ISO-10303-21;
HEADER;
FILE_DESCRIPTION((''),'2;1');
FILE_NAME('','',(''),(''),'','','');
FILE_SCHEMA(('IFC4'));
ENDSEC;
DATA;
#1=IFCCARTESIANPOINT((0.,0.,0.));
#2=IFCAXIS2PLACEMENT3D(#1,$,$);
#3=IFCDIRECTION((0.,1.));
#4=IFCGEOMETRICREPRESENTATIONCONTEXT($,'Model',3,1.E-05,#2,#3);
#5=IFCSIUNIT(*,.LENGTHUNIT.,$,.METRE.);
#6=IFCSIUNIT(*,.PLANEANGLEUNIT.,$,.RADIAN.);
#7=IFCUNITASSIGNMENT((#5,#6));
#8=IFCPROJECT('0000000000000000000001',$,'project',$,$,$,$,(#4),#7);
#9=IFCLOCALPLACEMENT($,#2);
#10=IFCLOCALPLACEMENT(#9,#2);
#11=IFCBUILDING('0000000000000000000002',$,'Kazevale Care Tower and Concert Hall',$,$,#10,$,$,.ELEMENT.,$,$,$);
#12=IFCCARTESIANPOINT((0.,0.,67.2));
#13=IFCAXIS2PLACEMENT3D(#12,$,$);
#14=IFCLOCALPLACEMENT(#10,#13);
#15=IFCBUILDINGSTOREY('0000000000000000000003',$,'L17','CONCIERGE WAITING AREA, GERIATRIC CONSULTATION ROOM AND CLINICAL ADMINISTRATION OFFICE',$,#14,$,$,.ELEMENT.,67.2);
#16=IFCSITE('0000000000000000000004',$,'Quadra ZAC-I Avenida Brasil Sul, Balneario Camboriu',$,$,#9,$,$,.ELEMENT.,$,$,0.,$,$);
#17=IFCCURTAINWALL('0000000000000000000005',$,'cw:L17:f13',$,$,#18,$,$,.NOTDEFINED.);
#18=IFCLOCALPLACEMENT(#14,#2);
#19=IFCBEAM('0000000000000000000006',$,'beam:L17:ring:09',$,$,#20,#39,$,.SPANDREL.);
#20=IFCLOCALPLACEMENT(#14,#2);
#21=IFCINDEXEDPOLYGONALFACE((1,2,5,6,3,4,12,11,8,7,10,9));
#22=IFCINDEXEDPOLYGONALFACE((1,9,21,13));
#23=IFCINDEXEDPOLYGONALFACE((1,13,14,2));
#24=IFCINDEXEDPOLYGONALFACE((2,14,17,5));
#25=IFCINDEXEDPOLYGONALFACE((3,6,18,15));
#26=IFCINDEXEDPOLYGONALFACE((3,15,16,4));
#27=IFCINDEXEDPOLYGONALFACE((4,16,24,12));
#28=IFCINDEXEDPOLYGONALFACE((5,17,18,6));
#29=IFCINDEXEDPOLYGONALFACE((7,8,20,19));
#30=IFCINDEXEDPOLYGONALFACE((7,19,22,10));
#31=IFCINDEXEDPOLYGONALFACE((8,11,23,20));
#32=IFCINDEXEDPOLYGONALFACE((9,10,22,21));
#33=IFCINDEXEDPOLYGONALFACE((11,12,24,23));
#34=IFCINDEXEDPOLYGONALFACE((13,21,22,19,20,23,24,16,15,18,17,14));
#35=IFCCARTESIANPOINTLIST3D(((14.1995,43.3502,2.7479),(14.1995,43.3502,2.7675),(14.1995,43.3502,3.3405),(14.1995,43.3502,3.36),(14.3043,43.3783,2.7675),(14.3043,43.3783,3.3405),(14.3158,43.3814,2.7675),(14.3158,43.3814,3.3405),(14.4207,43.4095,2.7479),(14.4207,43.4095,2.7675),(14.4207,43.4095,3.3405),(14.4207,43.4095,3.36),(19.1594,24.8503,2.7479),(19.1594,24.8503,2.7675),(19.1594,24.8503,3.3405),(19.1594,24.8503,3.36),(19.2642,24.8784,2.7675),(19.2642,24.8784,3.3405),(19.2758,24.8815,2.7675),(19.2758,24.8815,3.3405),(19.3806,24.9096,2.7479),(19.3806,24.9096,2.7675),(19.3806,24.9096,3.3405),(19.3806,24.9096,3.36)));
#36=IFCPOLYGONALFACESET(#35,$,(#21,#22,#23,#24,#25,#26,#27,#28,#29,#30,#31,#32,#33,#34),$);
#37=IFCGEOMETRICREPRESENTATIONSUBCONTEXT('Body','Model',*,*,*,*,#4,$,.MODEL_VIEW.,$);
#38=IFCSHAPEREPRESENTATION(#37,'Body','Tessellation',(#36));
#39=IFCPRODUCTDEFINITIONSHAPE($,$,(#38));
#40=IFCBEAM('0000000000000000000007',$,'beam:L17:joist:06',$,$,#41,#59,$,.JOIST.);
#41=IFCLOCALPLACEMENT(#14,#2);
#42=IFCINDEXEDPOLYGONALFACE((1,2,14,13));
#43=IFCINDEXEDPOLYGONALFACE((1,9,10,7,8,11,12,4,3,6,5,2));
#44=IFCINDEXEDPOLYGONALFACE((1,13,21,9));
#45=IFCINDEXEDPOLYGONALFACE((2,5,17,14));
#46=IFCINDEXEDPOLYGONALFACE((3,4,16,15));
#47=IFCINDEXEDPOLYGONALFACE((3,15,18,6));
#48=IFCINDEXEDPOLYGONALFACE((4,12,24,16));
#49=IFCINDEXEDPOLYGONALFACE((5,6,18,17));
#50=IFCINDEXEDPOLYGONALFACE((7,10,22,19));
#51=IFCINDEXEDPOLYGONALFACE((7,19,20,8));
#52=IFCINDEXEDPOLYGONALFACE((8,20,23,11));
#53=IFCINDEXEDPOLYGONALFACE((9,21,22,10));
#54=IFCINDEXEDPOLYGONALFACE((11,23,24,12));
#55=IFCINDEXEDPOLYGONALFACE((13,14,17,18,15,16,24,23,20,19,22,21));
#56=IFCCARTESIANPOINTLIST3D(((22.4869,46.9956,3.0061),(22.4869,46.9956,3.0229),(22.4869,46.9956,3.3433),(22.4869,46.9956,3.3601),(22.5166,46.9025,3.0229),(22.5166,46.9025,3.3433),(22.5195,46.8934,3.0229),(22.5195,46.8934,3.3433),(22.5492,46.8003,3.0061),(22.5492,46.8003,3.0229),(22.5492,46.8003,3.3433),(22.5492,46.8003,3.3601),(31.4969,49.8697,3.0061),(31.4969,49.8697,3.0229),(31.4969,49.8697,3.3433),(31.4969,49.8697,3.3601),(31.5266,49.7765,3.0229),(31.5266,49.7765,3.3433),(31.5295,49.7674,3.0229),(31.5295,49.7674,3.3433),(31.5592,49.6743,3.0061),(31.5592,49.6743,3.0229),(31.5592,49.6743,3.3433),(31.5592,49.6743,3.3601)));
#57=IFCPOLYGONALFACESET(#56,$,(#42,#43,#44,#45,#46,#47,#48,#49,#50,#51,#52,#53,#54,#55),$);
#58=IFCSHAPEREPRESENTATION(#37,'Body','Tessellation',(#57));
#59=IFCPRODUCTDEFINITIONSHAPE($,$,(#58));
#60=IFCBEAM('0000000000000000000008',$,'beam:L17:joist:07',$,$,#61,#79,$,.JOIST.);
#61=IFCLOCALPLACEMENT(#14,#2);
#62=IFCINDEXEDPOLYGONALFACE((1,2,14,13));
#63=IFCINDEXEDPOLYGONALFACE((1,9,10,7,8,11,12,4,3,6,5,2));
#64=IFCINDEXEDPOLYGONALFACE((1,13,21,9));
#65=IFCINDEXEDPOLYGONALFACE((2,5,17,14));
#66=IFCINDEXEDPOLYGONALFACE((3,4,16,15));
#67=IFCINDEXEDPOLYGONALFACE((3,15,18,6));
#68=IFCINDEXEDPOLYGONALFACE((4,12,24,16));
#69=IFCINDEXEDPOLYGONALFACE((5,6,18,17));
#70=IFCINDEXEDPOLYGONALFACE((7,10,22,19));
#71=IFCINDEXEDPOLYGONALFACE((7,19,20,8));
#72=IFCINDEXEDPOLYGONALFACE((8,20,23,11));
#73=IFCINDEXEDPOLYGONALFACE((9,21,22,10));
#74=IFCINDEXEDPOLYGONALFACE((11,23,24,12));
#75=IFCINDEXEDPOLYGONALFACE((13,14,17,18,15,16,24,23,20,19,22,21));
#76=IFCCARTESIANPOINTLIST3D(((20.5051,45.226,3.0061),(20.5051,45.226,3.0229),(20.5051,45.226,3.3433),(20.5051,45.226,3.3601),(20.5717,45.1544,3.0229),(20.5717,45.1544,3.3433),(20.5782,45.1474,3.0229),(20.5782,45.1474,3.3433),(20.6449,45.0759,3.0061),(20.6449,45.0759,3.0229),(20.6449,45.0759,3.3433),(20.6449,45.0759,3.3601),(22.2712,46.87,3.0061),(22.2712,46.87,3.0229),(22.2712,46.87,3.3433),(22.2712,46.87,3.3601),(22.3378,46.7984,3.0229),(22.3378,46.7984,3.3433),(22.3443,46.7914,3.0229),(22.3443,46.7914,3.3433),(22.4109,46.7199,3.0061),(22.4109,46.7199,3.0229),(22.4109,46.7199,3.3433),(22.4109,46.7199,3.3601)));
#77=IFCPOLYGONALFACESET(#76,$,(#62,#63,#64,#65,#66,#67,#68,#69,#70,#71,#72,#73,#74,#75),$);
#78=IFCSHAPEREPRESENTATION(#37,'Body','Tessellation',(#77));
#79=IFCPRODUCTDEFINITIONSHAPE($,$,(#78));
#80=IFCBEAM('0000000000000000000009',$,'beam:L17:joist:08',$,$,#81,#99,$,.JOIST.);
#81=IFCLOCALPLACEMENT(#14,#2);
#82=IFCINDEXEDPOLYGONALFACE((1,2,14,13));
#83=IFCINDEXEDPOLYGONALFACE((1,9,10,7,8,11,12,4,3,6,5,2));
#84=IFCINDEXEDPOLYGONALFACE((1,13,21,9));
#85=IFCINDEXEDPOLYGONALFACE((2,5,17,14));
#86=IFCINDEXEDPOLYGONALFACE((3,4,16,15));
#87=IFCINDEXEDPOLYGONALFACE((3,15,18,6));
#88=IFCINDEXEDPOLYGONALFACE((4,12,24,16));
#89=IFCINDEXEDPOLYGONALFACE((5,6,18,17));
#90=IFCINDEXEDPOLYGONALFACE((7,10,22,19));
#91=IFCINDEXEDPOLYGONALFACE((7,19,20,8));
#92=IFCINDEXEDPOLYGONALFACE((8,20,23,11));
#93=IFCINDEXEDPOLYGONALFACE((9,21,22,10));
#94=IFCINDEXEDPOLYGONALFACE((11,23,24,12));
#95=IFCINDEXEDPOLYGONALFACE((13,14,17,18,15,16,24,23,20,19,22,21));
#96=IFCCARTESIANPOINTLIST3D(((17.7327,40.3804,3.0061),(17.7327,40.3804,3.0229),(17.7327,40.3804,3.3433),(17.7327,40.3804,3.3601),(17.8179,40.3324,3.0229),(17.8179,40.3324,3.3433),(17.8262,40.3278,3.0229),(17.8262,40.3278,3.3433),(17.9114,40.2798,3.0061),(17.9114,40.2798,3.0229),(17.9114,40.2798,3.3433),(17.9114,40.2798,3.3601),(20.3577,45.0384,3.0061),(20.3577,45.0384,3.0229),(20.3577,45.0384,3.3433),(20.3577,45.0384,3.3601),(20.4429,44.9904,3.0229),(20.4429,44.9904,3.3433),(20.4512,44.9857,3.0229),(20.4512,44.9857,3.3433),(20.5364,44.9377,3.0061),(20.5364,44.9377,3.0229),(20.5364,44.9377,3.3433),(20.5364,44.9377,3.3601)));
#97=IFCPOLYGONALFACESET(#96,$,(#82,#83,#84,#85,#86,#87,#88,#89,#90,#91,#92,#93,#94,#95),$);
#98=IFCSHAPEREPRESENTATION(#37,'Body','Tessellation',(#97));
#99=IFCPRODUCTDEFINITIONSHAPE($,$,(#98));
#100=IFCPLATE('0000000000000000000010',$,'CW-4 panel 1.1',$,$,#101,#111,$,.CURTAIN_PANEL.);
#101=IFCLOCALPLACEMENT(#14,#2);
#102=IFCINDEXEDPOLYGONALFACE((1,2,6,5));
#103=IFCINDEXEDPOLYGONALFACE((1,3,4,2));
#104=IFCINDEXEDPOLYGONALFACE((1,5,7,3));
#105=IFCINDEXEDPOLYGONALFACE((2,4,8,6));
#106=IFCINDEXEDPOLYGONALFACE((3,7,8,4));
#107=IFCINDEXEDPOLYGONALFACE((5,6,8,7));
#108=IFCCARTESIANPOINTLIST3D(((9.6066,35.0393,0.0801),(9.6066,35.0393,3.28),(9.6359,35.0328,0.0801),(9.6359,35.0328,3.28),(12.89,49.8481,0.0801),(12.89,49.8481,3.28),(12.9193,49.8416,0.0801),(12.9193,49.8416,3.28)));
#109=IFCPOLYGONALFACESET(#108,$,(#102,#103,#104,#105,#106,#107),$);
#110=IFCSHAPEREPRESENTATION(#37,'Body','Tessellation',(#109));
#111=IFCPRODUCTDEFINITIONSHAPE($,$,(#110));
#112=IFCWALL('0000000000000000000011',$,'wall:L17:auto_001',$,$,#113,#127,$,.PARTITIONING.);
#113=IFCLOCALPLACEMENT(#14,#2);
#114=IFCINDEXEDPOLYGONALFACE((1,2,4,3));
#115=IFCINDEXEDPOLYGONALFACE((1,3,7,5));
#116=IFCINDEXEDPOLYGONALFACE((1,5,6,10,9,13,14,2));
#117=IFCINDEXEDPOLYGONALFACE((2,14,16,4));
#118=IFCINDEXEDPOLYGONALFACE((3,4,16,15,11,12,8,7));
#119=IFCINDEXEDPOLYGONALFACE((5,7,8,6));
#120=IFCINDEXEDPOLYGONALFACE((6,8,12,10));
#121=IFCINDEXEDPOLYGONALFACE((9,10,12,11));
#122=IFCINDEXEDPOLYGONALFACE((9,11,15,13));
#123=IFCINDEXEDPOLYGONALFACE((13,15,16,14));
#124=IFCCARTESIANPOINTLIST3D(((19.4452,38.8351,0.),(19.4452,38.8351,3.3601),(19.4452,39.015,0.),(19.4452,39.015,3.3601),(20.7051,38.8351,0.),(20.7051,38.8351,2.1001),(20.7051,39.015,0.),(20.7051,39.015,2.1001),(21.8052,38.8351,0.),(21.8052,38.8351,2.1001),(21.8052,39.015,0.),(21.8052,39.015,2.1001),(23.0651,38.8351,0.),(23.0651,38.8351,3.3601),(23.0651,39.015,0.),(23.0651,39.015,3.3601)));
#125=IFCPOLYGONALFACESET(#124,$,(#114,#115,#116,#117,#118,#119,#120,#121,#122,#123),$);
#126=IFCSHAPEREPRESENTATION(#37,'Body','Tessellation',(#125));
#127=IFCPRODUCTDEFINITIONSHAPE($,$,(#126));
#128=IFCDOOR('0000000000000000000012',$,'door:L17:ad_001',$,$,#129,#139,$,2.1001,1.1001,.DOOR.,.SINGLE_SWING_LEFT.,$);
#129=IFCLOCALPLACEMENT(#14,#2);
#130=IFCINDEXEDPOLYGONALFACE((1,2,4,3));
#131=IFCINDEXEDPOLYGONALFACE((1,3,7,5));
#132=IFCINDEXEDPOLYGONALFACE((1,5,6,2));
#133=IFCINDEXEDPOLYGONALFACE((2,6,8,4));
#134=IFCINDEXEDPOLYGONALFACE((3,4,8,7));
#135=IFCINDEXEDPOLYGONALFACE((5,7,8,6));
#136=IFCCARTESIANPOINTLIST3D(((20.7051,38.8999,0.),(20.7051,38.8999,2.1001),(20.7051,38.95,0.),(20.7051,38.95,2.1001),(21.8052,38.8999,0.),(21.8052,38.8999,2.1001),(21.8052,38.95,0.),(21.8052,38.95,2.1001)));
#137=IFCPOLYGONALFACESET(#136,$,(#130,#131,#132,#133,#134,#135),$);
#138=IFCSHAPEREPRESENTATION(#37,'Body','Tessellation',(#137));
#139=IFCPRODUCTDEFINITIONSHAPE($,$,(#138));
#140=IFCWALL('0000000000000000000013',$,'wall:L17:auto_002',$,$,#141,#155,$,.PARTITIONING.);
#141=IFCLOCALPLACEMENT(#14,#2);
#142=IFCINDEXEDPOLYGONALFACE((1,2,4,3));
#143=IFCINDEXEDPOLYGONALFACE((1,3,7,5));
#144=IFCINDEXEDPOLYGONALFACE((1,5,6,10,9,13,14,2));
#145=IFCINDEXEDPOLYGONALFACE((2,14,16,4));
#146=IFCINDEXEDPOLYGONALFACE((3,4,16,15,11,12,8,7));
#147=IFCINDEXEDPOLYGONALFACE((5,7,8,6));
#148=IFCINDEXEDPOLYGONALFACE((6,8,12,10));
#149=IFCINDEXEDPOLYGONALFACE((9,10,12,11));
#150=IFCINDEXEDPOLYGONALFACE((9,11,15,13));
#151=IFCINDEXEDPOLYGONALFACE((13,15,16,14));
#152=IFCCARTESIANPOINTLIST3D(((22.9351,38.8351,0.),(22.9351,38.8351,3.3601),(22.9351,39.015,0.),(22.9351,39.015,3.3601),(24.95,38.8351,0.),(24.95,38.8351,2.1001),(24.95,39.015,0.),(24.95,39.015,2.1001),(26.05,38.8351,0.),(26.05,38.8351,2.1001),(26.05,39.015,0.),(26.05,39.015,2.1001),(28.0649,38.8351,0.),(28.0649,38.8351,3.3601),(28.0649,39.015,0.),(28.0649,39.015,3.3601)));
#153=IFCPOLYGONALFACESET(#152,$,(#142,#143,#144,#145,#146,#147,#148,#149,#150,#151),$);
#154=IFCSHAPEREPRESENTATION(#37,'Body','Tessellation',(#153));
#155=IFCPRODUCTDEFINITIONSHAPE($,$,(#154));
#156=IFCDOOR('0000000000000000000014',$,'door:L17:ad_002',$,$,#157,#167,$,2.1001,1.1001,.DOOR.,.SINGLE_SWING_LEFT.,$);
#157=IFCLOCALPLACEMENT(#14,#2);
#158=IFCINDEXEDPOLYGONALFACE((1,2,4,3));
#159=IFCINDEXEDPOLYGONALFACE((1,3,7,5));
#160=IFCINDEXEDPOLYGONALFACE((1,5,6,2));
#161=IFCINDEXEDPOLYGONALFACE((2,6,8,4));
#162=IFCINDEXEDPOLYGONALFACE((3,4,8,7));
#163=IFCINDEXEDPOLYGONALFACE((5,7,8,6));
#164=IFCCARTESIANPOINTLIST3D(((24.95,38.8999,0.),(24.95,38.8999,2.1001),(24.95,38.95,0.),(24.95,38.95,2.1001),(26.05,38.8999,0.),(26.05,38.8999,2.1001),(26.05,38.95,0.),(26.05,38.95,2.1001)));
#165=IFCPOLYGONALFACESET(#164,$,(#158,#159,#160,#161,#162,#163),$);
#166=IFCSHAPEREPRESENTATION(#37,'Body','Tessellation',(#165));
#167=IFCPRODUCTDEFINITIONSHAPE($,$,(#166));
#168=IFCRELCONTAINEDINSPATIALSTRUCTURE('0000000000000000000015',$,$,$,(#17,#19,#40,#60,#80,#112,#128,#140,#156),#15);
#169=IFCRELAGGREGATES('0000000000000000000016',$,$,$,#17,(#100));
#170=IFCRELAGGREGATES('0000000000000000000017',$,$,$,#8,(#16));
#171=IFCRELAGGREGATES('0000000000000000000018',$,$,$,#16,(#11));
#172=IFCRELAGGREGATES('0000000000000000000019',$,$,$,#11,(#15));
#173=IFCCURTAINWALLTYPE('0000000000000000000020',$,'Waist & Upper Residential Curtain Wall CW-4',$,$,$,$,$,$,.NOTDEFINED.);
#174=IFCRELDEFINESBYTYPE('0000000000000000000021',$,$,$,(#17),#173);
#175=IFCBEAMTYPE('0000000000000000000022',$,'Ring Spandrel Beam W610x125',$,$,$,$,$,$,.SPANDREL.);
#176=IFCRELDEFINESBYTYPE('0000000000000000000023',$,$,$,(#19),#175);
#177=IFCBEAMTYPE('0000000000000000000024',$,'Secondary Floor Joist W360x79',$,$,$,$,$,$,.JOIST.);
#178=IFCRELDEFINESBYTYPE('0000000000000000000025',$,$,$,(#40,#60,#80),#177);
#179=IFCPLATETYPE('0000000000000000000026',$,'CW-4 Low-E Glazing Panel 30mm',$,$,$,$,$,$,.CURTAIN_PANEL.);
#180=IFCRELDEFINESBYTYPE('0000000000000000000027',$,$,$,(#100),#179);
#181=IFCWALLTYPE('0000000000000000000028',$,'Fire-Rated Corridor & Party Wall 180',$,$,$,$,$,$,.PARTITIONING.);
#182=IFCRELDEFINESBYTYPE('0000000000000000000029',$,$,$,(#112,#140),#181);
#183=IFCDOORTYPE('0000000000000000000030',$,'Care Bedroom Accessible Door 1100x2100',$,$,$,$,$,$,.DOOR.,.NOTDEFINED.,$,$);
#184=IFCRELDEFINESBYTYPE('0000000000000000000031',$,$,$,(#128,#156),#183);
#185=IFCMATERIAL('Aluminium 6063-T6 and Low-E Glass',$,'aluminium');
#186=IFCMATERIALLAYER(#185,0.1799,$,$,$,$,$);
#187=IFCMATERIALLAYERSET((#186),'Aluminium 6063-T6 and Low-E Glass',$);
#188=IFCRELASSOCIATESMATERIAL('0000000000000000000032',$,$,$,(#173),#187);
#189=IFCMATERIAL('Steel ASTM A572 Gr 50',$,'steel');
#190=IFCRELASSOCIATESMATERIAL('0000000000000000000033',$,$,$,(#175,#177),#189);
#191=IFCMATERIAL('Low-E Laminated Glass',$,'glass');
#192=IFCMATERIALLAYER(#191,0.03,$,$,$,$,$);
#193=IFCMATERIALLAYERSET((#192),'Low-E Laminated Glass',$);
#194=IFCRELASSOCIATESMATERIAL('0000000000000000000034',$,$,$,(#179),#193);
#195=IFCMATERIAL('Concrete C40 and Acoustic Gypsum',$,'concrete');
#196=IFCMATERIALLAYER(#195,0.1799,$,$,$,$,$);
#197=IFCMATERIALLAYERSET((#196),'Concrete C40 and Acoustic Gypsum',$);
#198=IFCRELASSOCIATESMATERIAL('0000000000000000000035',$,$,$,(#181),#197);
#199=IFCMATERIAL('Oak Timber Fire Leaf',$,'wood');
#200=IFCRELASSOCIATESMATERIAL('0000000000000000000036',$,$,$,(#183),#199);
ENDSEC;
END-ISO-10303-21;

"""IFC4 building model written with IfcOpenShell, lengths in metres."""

from ifc_helpers import new_model, si_unit, direction, frame, frame_2d, origin, origin_2d, place, context, subcontext, project, spatial, rectangle, i_section, extrude, material, layer, layer_set, material_profile, profile_set, type_object, element, fill, aggregate, save


model = new_model("IFC4")

# Units and contexts
model_context = context("Model", 3, precision=1e-05, world=origin(), true_north=direction((0.0, 1.0)))
body_context = subcontext(model_context, "Body", "Model", "MODEL_VIEW")
ifc_project = project(units=[si_unit("LENGTHUNIT", "METRE"), si_unit("PLANEANGLEUNIT", "RADIAN")], contexts=[model_context])

# Site, building, storey
site_placement = place(None, origin())
site = spatial("IfcSite", under=ifc_project, at=site_placement, Name="Quadra ZAC-I Avenida Brasil Sul, Balneario Camboriu", CompositionType="ELEMENT", RefElevation=0.0)
building_placement = place(site_placement, origin())
building = spatial("IfcBuilding", under=site, at=building_placement, Name="Kazevale Care Tower and Concert Hall", CompositionType="ELEMENT")
storey_placement = place(building_placement, frame((0.0, 0.0, 67.2)))
storey = spatial("IfcBuildingStorey", under=building, at=storey_placement, Name="L17", Description="CONCIERGE WAITING AREA, GERIATRIC CONSULTATION ROOM AND CLINICAL ADMINISTRATION OFFICE", CompositionType="ELEMENT", Elevation=67.2)

# Shared definitions
ifc_material_1 = material(Name="Aluminium 6063-T6 and Low-E Glass", Category="aluminium")

# Curtain wall
ifc_layer_1 = layer(ifc_material_1, 0.1799)
ifc_layer_set_1 = layer_set([ifc_layer_1], Name="Aluminium 6063-T6 and Low-E Glass")
curtain_wall_type_1 = type_object("IfcCurtainWallType", Name="Waist & Upper Residential Curtain Wall CW-4", PredefinedType="NOTDEFINED", material=ifc_layer_set_1)
curtain_wall_1_placement = place(storey_placement, origin())
curtain_wall_1 = element("IfcCurtainWall", 1, at=curtain_wall_1_placement, inside=storey, type_object=curtain_wall_type_1, Name="cw:L17:f13", PredefinedType="NOTDEFINED")

# Beams
ifc_material_2 = material(Name="Steel ASTM A572 Gr 50", Category="steel")
ifc_material_profile_1 = material_profile(ifc_material_2, i_section(OverallWidth=0.229, OverallDepth=0.6121, WebThickness=0.012, FlangeThickness=0.0195, at=origin_2d()), Name="W610x125")
ifc_profile_set_1 = profile_set([ifc_material_profile_1], Name="Steel ASTM A572 Gr 50")
beam_type_1 = type_object("IfcBeamType", Name="Ring Spandrel Beam W610x125", PredefinedType="SPANDREL", material=ifc_profile_set_1)
beam_1_placement = place(storey_placement, frame((14.3101, 43.3799, 3.054), z_axis=(0.25896, -0.965888, 0.0), x_axis=(0.965888, 0.25896, 0.0)))
element("IfcBeam", 2, at=beam_1_placement, inside=storey, type_object=beam_type_1, Name="beam:L17:ring:09", PredefinedType="SPANDREL", context=body_context, shape_type="SweptSolid", body=[
    extrude(i_section(OverallWidth=0.229, OverallDepth=0.6121, WebThickness=0.012, FlangeThickness=0.0195, at=origin_2d()), origin(), (0.0, 0.0, 1.0), 19.1533),
])
ifc_material_profile_2 = material_profile(ifc_material_2, i_section(OverallWidth=0.2051, OverallDepth=0.354, WebThickness=0.0095, FlangeThickness=0.0168, at=origin_2d()), Name="W360x79")
ifc_profile_set_2 = profile_set([ifc_material_profile_2], Name="Steel ASTM A572 Gr 50")
beam_type_2 = type_object("IfcBeamType", Name="Secondary Floor Joist W360x79", PredefinedType="JOIST", material=ifc_profile_set_2)
beam_2_placement = place(storey_placement, frame((31.5281, 49.772, 3.1831), z_axis=(-0.952705, -0.303895, 0.0), x_axis=(0.303895, -0.952705, 0.0)))
element("IfcBeam", 3, at=beam_2_placement, inside=storey, type_object=beam_type_2, Name="beam:L17:joist:06", PredefinedType="JOIST", context=body_context, shape_type="SweptSolid", body=[
    extrude(i_section(OverallWidth=0.2051, OverallDepth=0.354, WebThickness=0.0095, FlangeThickness=0.0168, at=origin_2d()), origin(), (0.0, 0.0, 1.0), 9.4573),
])
beam_3_placement = place(storey_placement, frame((22.3411, 46.7949, 3.1831), z_axis=(-0.73195, -0.681359, 0.0), x_axis=(0.681359, -0.73195, 0.0)))
element("IfcBeam", 4, at=beam_3_placement, inside=storey, type_object=beam_type_2, Name="beam:L17:joist:07", PredefinedType="JOIST", context=body_context, shape_type="SweptSolid", body=[
    extrude(i_section(OverallWidth=0.2051, OverallDepth=0.354, WebThickness=0.0095, FlangeThickness=0.0168, at=origin_2d()), origin(), (0.0, 0.0, 1.0), 2.4128),
])
beam_4_placement = place(storey_placement, frame((20.447, 44.988, 3.1831), z_axis=(-0.490957, -0.871184, 0.0), x_axis=(0.871184, -0.490957, 0.0)))
element("IfcBeam", 5, at=beam_4_placement, inside=storey, type_object=beam_type_2, Name="beam:L17:joist:08", PredefinedType="JOIST", context=body_context, shape_type="SweptSolid", body=[
    extrude(i_section(OverallWidth=0.2051, OverallDepth=0.354, WebThickness=0.0095, FlangeThickness=0.0168, at=origin_2d()), origin(), (0.0, 0.0, 1.0), 5.3467),
])

# Plate
ifc_material_3 = material(Name="Low-E Laminated Glass", Category="glass")
ifc_layer_2 = layer(ifc_material_3, 0.03)
ifc_layer_set_2 = layer_set([ifc_layer_2], Name="Low-E Laminated Glass")
plate_type = type_object("IfcPlateType", Name="CW-4 Low-E Glazing Panel 30mm", PredefinedType="CURTAIN_PANEL", material=ifc_layer_set_2)
plate_placement = place(storey_placement, frame((11.2629, 42.4404, 0.0801), z_axis=(0.0, 0.0, 1.0), x_axis=(0.216461, 0.976291, 0.0)))
plate = element("IfcPlate", 6, at=plate_placement, type_object=plate_type, Name="CW-4 panel 1.1", PredefinedType="CURTAIN_PANEL", context=body_context, shape_type="SweptSolid", body=[
    extrude(rectangle(XDim=15.1685, YDim=0.03, at=origin_2d()), origin(), (0.0, 0.0, 1.0), 3.2),
])
aggregate(curtain_wall_1, [plate])

# Walls, openings, doors
ifc_material_4 = material(Name="Concrete C40 and Acoustic Gypsum", Category="concrete")
ifc_layer_3 = layer(ifc_material_4, 0.1799)
ifc_layer_set_3 = layer_set([ifc_layer_3], Name="Concrete C40 and Acoustic Gypsum")
wall_type = type_object("IfcWallType", Name="Fire-Rated Corridor & Party Wall 180", PredefinedType="PARTITIONING", material=ifc_layer_set_3)
wall_1_placement = place(storey_placement, frame((19.4451, 38.925, 0.0), z_axis=(0.0, 0.0, 1.0), x_axis=(1.0, 0.0, 0.0)))
wall_1 = element("IfcWall", 7, at=wall_1_placement, inside=storey, type_object=wall_type, Name="wall:L17:auto_001", PredefinedType="PARTITIONING", context=body_context, shape_type="SweptSolid", body=[
    extrude(rectangle(XDim=3.6199, YDim=0.1799, at=frame_2d((1.8101, 0.0))), origin(), (0.0, 0.0, 1.0), 3.3601),
])
opening_1_placement = place(wall_1_placement, frame((1.26, 0.0, 0.0)))
opening_1 = element("IfcOpeningElement", 8, at=opening_1_placement, cuts=wall_1, PredefinedType="OPENING", context=body_context, shape_type="SweptSolid", body=[
    extrude(rectangle(XDim=1.1001, YDim=2.1001, at=frame_2d((0.55, 1.05))), frame((0.0, 0.0999, 0.0), z_axis=(0.0, -1.0, 0.0), x_axis=(1.0, 0.0, 0.0)), (0.0, 0.0, 1.0), 0.2),
])
ifc_material_5 = material(Name="Oak Timber Fire Leaf", Category="wood")
door_type = type_object("IfcDoorType", Name="Care Bedroom Accessible Door 1100x2100", OperationType="NOTDEFINED", PredefinedType="DOOR", material=ifc_material_5)
door_1_placement = place(opening_1_placement, origin())
door_1 = element("IfcDoor", 9, at=door_1_placement, inside=storey, type_object=door_type, Name="door:L17:ad_001", OperationType="SINGLE_SWING_LEFT", OverallHeight=2.1001, OverallWidth=1.1001, PredefinedType="DOOR", context=body_context, shape_type="SweptSolid", body=[
    extrude(rectangle(XDim=1.1001, YDim=2.1001, at=frame_2d((0.55, 1.05))), frame((0.0, 0.0249, 0.0), z_axis=(0.0, -1.0, 0.0), x_axis=(1.0, 0.0, 0.0)), (0.0, 0.0, 1.0), 0.05),
])
fill(opening_1, door_1)
wall_2_placement = place(storey_placement, frame((22.9351, 38.925, 0.0), z_axis=(0.0, 0.0, 1.0), x_axis=(1.0, 0.0, 0.0)))
wall_2 = element("IfcWall", 10, at=wall_2_placement, inside=storey, type_object=wall_type, Name="wall:L17:auto_002", PredefinedType="PARTITIONING", context=body_context, shape_type="SweptSolid", body=[
    extrude(rectangle(XDim=5.1299, YDim=0.1799, at=frame_2d((2.5649, 0.0))), origin(), (0.0, 0.0, 1.0), 3.3601),
])
opening_2_placement = place(wall_2_placement, frame((2.0149, 0.0, 0.0)))
opening_2 = element("IfcOpeningElement", 11, at=opening_2_placement, cuts=wall_2, PredefinedType="OPENING", context=body_context, shape_type="SweptSolid", body=[
    extrude(rectangle(XDim=1.1001, YDim=2.1001, at=frame_2d((0.55, 1.05))), frame((0.0, 0.0999, 0.0), z_axis=(0.0, -1.0, 0.0), x_axis=(1.0, 0.0, 0.0)), (0.0, 0.0, 1.0), 0.2),
])
door_2_placement = place(opening_2_placement, origin())
door_2 = element("IfcDoor", 12, at=door_2_placement, inside=storey, type_object=door_type, Name="door:L17:ad_002", OperationType="SINGLE_SWING_LEFT", OverallHeight=2.1001, OverallWidth=1.1001, PredefinedType="DOOR", context=body_context, shape_type="SweptSolid", body=[
    extrude(rectangle(XDim=1.1001, YDim=2.1001, at=frame_2d((0.55, 1.05))), frame((0.0, 0.0249, 0.0), z_axis=(0.0, -1.0, 0.0), x_axis=(1.0, 0.0, 0.0)), (0.0, 0.0, 1.0), 0.05),
])
fill(opening_2, door_2)

save(model, "model.ifc")
